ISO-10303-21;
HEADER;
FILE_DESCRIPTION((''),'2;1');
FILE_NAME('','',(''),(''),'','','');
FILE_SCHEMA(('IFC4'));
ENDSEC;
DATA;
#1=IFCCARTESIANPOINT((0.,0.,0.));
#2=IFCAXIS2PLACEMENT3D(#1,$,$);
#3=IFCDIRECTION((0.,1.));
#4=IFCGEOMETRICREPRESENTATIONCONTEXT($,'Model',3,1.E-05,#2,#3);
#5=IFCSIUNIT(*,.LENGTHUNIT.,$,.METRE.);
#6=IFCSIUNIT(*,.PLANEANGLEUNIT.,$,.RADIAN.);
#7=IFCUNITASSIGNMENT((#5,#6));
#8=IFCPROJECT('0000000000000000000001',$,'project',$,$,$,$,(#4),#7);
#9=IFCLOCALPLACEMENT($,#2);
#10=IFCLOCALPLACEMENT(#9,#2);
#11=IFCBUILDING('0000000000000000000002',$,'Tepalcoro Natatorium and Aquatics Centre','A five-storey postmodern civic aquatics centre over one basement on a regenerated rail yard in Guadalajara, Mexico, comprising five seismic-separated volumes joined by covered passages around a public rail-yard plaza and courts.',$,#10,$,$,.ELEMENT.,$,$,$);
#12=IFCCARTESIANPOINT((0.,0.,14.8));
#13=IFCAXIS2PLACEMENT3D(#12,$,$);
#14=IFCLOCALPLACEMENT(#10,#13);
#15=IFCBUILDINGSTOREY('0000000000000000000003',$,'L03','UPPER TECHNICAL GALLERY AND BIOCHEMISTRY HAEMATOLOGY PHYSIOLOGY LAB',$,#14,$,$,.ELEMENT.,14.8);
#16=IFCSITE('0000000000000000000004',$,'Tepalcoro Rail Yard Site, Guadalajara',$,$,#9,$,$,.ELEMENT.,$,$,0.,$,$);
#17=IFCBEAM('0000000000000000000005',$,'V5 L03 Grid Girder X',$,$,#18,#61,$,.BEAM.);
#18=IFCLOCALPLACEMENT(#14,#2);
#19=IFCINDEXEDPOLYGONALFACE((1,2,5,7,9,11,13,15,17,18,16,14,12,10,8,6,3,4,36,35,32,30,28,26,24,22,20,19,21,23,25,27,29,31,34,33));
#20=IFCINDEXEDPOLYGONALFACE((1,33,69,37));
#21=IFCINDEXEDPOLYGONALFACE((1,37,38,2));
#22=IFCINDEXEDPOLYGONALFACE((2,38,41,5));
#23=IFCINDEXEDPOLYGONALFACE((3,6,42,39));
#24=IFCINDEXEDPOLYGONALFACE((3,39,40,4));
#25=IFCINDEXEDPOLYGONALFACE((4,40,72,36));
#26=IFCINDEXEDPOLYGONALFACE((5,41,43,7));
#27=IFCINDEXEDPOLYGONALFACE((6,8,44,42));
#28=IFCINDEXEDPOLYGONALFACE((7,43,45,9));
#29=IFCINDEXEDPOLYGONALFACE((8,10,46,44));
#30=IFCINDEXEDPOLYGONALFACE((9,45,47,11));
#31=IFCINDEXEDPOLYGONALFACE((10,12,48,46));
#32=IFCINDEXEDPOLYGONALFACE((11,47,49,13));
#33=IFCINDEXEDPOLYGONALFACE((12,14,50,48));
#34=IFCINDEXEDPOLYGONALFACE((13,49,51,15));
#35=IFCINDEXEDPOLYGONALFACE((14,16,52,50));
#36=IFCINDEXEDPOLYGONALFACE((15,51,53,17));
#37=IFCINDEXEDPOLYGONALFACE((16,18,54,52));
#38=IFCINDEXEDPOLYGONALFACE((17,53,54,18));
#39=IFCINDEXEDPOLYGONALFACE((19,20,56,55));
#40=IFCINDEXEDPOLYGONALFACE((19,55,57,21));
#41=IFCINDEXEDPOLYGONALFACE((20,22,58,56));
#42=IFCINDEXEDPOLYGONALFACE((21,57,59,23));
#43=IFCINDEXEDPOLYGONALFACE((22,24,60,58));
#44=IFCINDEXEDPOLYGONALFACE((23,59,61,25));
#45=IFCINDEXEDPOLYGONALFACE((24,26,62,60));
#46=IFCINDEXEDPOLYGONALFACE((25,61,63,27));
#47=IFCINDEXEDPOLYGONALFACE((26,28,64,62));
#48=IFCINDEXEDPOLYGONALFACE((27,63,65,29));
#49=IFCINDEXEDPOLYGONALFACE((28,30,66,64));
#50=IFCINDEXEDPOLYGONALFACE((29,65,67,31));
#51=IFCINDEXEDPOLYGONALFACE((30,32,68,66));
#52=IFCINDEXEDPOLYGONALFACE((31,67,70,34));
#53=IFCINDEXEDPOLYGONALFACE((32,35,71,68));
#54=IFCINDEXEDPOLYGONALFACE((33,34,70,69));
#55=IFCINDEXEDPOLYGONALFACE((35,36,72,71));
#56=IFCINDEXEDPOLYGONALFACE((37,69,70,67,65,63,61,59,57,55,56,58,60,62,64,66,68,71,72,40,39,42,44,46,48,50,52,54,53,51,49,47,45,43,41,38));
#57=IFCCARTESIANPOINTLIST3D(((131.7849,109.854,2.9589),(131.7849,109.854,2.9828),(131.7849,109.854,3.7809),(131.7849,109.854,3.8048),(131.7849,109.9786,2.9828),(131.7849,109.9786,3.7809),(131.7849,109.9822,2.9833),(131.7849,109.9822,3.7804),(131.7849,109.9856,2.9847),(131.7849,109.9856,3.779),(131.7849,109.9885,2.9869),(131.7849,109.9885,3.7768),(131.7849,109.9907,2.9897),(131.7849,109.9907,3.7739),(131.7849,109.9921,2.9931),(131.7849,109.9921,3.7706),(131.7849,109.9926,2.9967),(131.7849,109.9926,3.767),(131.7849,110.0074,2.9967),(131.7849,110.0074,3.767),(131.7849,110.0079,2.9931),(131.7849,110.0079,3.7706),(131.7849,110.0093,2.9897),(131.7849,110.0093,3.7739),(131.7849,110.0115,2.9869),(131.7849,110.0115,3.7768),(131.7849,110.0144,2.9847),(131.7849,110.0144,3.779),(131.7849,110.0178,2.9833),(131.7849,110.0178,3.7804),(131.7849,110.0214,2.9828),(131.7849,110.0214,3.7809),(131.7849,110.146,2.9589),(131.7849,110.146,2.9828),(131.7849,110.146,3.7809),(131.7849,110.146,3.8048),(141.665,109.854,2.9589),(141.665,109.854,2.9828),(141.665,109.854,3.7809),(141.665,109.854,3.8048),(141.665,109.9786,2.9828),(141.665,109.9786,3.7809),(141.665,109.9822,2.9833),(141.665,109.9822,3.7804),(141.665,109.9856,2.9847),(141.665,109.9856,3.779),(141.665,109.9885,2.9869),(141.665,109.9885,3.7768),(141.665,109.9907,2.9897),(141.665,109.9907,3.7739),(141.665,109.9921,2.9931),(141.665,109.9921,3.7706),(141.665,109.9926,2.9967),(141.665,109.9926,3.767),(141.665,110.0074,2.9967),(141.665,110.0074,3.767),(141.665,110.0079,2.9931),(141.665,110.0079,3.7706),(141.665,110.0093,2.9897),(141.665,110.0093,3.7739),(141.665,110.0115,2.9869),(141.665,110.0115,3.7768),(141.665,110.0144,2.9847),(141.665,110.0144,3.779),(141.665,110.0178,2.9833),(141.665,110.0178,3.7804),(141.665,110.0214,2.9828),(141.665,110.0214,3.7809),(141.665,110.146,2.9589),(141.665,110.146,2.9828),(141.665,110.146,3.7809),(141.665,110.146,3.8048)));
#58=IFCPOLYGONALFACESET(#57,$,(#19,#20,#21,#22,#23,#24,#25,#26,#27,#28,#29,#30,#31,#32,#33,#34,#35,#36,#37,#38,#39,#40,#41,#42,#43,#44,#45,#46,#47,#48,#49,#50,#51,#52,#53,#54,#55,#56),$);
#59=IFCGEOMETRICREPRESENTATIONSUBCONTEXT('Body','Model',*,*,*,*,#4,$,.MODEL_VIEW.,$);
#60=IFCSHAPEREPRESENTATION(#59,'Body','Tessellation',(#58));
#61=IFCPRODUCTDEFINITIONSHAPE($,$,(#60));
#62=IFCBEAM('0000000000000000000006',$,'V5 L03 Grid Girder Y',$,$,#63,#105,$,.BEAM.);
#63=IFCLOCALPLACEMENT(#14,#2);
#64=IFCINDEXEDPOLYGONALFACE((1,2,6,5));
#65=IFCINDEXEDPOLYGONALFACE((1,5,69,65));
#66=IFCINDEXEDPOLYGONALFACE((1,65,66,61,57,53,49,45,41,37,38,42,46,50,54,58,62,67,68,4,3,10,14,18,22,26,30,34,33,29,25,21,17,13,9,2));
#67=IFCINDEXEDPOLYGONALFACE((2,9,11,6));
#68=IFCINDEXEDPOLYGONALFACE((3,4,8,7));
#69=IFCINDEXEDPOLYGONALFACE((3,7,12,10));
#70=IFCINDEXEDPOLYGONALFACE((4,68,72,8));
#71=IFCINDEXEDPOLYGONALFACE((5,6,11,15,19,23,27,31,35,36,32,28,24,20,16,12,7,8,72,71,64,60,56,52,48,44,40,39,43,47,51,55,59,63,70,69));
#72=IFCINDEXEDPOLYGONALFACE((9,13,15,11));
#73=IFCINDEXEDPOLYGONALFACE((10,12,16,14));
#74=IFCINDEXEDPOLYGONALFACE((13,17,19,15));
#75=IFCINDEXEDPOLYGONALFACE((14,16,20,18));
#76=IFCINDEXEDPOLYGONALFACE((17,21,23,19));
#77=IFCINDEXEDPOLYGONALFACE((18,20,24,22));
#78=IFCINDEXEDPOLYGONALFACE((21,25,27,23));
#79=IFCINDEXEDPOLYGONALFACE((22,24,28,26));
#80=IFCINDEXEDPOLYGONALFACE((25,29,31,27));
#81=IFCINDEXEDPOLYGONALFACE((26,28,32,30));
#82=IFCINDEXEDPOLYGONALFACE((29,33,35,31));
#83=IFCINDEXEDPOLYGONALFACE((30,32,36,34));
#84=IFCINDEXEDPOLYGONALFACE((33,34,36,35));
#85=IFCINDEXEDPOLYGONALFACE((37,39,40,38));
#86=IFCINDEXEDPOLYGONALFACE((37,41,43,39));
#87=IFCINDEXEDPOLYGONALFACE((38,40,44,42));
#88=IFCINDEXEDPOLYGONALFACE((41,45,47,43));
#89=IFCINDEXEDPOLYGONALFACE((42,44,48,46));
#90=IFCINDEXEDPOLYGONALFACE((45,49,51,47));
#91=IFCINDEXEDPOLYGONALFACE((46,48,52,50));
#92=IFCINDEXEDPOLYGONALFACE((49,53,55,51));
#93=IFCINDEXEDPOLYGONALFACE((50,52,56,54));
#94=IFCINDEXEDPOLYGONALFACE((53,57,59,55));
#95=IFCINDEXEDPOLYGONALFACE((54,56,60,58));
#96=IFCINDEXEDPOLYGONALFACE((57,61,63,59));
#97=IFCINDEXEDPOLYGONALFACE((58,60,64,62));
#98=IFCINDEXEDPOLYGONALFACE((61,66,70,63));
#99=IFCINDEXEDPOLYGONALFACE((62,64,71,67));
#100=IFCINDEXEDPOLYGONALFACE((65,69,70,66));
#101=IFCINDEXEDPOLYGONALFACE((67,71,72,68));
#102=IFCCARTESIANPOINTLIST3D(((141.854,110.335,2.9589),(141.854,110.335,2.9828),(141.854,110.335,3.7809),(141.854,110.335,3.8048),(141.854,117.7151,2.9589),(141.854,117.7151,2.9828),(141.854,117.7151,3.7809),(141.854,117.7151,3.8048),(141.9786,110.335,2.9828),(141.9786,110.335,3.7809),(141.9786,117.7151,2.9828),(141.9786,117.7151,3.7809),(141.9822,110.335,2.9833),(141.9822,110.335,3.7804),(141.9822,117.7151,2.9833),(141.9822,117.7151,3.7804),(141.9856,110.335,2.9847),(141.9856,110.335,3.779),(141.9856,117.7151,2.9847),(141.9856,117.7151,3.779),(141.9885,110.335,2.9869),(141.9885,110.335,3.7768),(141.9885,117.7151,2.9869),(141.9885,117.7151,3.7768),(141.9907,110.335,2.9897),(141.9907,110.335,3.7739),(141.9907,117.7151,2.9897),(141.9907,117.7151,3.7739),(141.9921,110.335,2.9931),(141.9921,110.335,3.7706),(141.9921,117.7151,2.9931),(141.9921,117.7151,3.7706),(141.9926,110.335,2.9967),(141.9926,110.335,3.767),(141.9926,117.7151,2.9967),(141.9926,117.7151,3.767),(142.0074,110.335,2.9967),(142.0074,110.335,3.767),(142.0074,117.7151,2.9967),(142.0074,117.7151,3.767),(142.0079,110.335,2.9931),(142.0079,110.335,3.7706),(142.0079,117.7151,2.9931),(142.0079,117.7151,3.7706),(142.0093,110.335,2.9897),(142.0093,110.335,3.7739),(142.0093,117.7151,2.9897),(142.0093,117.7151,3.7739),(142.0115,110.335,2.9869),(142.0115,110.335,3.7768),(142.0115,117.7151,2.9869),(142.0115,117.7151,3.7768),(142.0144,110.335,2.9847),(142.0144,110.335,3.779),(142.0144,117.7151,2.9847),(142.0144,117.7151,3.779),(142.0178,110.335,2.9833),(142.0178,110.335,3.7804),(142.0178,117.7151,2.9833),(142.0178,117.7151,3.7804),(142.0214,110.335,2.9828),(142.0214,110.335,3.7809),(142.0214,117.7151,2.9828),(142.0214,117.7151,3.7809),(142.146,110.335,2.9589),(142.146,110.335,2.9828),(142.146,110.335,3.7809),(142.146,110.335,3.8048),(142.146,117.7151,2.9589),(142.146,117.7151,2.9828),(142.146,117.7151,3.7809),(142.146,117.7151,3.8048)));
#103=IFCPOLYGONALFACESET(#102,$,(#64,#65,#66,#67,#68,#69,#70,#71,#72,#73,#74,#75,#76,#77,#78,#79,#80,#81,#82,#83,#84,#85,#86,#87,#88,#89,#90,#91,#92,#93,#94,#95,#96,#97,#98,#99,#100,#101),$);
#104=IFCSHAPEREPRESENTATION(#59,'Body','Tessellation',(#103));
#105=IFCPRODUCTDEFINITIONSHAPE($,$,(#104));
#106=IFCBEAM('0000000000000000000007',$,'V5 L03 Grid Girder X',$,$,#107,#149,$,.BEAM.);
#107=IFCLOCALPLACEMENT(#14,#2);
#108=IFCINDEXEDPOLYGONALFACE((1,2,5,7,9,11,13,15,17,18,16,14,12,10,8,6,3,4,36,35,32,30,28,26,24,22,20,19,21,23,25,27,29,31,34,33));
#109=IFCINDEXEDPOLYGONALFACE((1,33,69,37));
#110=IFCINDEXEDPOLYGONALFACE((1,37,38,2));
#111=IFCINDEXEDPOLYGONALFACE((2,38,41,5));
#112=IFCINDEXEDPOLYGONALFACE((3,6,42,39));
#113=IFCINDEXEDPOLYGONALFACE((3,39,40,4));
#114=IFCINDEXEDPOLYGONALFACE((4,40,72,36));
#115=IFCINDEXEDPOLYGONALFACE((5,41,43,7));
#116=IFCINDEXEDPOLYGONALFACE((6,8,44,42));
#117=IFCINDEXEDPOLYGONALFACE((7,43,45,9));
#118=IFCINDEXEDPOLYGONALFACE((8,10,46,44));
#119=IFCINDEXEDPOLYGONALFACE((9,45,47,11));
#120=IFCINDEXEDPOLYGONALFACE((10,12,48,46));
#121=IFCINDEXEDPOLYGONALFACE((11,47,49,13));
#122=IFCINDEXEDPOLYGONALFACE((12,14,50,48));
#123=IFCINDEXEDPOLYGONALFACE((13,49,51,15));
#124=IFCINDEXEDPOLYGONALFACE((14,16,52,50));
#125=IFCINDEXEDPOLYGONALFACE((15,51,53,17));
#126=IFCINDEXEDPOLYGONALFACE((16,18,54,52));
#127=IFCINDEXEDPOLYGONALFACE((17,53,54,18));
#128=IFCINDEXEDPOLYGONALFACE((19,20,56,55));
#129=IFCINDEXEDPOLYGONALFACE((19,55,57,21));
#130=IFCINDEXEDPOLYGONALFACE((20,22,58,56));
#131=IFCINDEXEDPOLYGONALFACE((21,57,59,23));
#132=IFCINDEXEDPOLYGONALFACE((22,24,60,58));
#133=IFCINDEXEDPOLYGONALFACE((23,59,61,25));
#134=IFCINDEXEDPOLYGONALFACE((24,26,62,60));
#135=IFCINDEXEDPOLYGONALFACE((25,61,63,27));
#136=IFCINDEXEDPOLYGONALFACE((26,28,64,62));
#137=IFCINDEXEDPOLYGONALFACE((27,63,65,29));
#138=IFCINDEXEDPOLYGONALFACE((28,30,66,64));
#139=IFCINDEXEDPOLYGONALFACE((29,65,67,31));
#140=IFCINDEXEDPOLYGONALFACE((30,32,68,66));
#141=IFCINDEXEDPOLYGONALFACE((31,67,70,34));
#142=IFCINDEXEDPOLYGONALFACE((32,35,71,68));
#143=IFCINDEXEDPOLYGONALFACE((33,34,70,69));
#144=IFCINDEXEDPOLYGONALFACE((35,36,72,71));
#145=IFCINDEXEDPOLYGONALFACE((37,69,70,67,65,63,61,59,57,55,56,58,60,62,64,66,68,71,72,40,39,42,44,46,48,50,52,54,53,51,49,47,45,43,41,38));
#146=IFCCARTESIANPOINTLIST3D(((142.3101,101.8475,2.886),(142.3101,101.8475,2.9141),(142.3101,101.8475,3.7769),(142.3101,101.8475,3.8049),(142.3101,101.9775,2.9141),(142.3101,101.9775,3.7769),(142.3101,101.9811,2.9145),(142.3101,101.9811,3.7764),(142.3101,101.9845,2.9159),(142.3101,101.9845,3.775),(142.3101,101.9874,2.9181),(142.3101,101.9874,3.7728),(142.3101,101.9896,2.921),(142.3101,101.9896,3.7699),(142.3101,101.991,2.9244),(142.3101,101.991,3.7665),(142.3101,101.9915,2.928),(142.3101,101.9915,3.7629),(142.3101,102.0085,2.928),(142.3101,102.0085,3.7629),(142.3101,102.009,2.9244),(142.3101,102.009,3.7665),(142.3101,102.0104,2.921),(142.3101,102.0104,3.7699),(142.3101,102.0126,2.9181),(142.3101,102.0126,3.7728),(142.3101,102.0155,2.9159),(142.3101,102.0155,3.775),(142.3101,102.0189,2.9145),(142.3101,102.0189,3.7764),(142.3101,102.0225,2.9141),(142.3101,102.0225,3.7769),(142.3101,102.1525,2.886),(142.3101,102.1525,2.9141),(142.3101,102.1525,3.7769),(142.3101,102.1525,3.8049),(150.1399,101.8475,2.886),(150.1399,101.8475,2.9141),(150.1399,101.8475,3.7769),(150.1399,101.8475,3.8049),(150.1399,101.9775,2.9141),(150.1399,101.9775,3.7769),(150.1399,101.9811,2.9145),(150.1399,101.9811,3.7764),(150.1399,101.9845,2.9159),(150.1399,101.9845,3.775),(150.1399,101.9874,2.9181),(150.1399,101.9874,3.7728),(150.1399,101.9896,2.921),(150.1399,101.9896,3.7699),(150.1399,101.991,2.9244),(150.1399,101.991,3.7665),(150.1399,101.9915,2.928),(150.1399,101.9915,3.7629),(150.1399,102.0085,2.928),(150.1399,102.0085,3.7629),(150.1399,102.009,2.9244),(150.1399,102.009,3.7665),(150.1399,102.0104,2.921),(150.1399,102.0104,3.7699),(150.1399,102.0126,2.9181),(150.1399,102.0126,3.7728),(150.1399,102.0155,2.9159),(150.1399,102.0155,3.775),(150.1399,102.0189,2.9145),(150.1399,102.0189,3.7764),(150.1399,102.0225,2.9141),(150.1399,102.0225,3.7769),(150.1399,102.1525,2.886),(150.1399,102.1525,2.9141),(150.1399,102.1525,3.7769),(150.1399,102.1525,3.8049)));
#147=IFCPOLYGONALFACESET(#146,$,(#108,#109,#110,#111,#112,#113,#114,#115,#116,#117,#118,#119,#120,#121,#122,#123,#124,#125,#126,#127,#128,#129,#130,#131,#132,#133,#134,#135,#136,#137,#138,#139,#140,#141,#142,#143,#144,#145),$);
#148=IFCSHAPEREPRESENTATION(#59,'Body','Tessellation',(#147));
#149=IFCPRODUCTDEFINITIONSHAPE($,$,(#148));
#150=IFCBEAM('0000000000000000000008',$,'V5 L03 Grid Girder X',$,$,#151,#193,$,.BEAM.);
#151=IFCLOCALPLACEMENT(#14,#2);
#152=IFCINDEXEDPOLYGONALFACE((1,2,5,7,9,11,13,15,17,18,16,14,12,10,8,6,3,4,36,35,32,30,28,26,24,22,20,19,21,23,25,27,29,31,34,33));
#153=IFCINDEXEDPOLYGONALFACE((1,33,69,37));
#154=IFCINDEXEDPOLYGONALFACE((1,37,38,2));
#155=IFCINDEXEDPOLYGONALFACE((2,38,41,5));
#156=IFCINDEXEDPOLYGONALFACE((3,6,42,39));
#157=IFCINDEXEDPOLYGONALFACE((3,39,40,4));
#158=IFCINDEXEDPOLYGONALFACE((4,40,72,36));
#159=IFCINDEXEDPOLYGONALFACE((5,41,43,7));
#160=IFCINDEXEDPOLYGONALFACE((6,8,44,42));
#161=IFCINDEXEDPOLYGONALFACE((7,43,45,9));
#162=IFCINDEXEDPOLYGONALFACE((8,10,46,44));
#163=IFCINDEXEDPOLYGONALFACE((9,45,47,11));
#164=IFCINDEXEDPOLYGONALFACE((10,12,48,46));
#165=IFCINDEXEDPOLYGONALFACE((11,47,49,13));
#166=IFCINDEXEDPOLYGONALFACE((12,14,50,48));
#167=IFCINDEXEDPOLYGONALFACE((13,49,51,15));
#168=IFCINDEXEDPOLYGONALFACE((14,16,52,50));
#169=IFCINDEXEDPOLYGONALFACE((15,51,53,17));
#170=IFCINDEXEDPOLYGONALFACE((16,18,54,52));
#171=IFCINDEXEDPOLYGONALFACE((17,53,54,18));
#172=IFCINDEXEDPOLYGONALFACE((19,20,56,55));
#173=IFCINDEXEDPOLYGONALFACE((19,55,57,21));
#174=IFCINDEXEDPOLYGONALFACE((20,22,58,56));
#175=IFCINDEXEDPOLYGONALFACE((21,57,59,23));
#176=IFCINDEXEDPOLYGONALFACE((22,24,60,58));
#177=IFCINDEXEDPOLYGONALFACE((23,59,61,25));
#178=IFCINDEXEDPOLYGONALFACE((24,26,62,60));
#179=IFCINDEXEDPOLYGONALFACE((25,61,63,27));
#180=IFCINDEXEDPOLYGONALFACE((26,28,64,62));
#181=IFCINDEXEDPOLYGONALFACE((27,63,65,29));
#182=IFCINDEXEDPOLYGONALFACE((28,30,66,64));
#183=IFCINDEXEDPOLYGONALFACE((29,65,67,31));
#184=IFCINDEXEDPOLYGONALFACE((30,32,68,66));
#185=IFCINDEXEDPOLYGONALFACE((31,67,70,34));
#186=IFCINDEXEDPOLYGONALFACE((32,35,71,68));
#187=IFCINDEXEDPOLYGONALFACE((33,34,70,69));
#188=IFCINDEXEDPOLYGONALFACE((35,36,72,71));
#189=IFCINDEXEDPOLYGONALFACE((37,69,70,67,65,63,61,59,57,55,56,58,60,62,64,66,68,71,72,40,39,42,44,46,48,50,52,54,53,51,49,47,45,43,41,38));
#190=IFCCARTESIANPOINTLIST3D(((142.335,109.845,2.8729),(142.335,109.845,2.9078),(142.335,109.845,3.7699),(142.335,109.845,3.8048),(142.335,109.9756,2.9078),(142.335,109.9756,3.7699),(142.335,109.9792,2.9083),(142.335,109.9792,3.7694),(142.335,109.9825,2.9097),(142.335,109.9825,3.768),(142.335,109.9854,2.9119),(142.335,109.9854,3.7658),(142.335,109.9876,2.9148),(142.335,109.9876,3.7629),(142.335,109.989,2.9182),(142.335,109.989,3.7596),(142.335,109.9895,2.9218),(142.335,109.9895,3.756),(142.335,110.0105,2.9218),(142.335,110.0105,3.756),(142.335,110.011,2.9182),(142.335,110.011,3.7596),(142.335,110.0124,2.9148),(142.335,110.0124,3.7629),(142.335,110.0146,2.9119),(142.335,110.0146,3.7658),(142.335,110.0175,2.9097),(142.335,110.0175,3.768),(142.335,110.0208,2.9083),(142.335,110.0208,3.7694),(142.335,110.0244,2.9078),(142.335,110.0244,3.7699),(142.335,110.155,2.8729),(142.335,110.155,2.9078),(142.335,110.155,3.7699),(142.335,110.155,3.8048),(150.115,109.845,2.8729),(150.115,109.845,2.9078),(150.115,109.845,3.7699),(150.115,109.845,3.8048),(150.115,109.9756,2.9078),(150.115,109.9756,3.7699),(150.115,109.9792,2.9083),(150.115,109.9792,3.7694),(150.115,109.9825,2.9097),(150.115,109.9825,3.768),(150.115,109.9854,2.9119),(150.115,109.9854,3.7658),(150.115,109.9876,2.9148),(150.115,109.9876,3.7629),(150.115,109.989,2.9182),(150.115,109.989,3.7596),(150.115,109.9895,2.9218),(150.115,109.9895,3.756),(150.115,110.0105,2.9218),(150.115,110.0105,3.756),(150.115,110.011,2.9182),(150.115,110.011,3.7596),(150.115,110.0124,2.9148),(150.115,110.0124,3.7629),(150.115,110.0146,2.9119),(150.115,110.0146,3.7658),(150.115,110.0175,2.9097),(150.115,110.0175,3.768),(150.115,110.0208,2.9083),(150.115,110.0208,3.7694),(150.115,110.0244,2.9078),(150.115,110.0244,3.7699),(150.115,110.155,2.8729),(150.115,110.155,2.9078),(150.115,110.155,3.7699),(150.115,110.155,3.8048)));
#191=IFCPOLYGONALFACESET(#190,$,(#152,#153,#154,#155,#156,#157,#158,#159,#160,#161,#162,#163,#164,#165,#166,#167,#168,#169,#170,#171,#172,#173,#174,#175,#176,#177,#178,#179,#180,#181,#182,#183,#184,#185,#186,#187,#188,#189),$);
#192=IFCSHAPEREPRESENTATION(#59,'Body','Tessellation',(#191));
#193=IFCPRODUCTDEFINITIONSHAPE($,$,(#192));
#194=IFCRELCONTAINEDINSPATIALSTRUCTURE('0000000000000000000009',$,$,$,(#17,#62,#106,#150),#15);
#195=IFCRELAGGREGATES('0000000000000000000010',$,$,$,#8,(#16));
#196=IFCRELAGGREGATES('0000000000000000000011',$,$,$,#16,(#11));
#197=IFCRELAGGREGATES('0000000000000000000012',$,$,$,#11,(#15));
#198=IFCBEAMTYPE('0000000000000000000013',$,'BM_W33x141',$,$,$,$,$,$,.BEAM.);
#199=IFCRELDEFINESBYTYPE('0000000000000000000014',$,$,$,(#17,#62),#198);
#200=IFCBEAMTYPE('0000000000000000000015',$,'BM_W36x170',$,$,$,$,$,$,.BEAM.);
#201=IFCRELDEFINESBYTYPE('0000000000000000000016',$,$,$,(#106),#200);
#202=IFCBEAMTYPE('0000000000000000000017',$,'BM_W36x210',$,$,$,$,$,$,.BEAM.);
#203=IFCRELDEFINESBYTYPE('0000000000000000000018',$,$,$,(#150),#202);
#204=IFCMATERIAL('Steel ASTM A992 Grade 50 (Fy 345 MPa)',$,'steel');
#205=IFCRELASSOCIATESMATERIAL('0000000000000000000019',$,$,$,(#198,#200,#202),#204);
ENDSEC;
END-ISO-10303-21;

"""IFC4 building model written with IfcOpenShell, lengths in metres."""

from ifc_helpers import new_model, si_unit, direction, frame, origin, origin_2d, place, context, subcontext, project, spatial, i_section, extrude, material, material_profile, profile_set, type_object, element, save


model = new_model("IFC4")

# Units and contexts
model_context = context("Model", 3, precision=1e-05, world=origin(), true_north=direction((0.0, 1.0)))
body_context = subcontext(model_context, "Body", "Model", "MODEL_VIEW")
ifc_project = project(units=[si_unit("LENGTHUNIT", "METRE"), si_unit("PLANEANGLEUNIT", "RADIAN")], contexts=[model_context])

# Site, building, storey
site_placement = place(None, origin())
site = spatial("IfcSite", under=ifc_project, at=site_placement, Name="Tepalcoro Rail Yard Site, Guadalajara", CompositionType="ELEMENT", RefElevation=0.0)
building_placement = place(site_placement, origin())
building = spatial("IfcBuilding", under=site, at=building_placement, Name="Tepalcoro Natatorium and Aquatics Centre", Description="A five-storey postmodern civic aquatics centre over one basement on a regenerated rail yard in Guadalajara, Mexico, comprising five seismic-separated volumes joined by covered passages around a public rail-yard plaza and courts.", CompositionType="ELEMENT")
storey_placement = place(building_placement, frame((0.0, 0.0, 14.8)))
storey = spatial("IfcBuildingStorey", under=building, at=storey_placement, Name="L03", Description="UPPER TECHNICAL GALLERY AND BIOCHEMISTRY HAEMATOLOGY PHYSIOLOGY LAB", CompositionType="ELEMENT", Elevation=14.8)

# Beams
ifc_material_1 = material(Name="Steel ASTM A992 Grade 50 (Fy 345 MPa)", Category="steel")
ifc_material_profile_1 = material_profile(ifc_material_1, i_section(OverallWidth=0.292, OverallDepth=0.8459, WebThickness=0.0149, FlangeThickness=0.0239, FilletRadius=0.0139, at=origin_2d()), Name="W33X141")
ifc_profile_set_1 = profile_set([ifc_material_profile_1], Name="Steel ASTM A992 Grade 50 (Fy 345 MPa)")
beam_type_1 = type_object("IfcBeamType", Name="BM_W33x141", PredefinedType="BEAM", material=ifc_profile_set_1)
beam_1_placement = place(storey_placement, frame((131.7849, 110.0, 3.3818), z_axis=(1.0, 0.0, 0.0), x_axis=(0.0, 1.0, 0.0)))
element("IfcBeam", 1, at=beam_1_placement, inside=storey, type_object=beam_type_1, Name="V5 L03 Grid Girder X", PredefinedType="BEAM", context=body_context, shape_type="SweptSolid", body=[
    extrude(i_section(OverallWidth=0.292, OverallDepth=0.8459, WebThickness=0.0149, FlangeThickness=0.0239, FilletRadius=0.0139, at=origin_2d()), origin(), (0.0, 0.0, 1.0), 9.8801),
])
beam_2_placement = place(storey_placement, frame((142.0, 110.335, 3.3818), z_axis=(0.0, 1.0, 0.0), x_axis=(-1.0, 0.0, 0.0)))
element("IfcBeam", 2, at=beam_2_placement, inside=storey, type_object=beam_type_1, Name="V5 L03 Grid Girder Y", PredefinedType="BEAM", context=body_context, shape_type="SweptSolid", body=[
    extrude(i_section(OverallWidth=0.292, OverallDepth=0.8459, WebThickness=0.0149, FlangeThickness=0.0239, FilletRadius=0.0139, at=origin_2d()), origin(), (0.0, 0.0, 1.0), 7.3801),
])
ifc_material_profile_2 = material_profile(ifc_material_1, i_section(OverallWidth=0.3049, OverallDepth=0.9189, WebThickness=0.0171, FlangeThickness=0.0281, FilletRadius=0.0139, at=origin_2d()), Name="W36X170")
ifc_profile_set_2 = profile_set([ifc_material_profile_2], Name="Steel ASTM A992 Grade 50 (Fy 345 MPa)")
beam_type_2 = type_object("IfcBeamType", Name="BM_W36x170", PredefinedType="BEAM", material=ifc_profile_set_2)
beam_3_placement = place(storey_placement, frame((142.3101, 102.0, 3.3455), z_axis=(1.0, 0.0, 0.0), x_axis=(0.0, 1.0, 0.0)))
element("IfcBeam", 3, at=beam_3_placement, inside=storey, type_object=beam_type_2, Name="V5 L03 Grid Girder X", PredefinedType="BEAM", context=body_context, shape_type="SweptSolid", body=[
    extrude(i_section(OverallWidth=0.3049, OverallDepth=0.9189, WebThickness=0.0171, FlangeThickness=0.0281, FilletRadius=0.0139, at=origin_2d()), origin(), (0.0, 0.0, 1.0), 7.8298),
])
ifc_material_profile_3 = material_profile(ifc_material_1, i_section(OverallWidth=0.3101, OverallDepth=0.9319, WebThickness=0.021, FlangeThickness=0.0349, FilletRadius=0.0139, at=origin_2d()), Name="W36X210")
ifc_profile_set_3 = profile_set([ifc_material_profile_3], Name="Steel ASTM A992 Grade 50 (Fy 345 MPa)")
beam_type_3 = type_object("IfcBeamType", Name="BM_W36x210", PredefinedType="BEAM", material=ifc_profile_set_3)
beam_4_placement = place(storey_placement, frame((142.335, 110.0, 3.3389), z_axis=(1.0, 0.0, 0.0), x_axis=(0.0, 1.0, 0.0)))
element("IfcBeam", 4, at=beam_4_placement, inside=storey, type_object=beam_type_3, Name="V5 L03 Grid Girder X", PredefinedType="BEAM", context=body_context, shape_type="SweptSolid", body=[
    extrude(i_section(OverallWidth=0.3101, OverallDepth=0.9319, WebThickness=0.021, FlangeThickness=0.0349, FilletRadius=0.0139, at=origin_2d()), origin(), (0.0, 0.0, 1.0), 7.78),
])

save(model, "model.ifc")
